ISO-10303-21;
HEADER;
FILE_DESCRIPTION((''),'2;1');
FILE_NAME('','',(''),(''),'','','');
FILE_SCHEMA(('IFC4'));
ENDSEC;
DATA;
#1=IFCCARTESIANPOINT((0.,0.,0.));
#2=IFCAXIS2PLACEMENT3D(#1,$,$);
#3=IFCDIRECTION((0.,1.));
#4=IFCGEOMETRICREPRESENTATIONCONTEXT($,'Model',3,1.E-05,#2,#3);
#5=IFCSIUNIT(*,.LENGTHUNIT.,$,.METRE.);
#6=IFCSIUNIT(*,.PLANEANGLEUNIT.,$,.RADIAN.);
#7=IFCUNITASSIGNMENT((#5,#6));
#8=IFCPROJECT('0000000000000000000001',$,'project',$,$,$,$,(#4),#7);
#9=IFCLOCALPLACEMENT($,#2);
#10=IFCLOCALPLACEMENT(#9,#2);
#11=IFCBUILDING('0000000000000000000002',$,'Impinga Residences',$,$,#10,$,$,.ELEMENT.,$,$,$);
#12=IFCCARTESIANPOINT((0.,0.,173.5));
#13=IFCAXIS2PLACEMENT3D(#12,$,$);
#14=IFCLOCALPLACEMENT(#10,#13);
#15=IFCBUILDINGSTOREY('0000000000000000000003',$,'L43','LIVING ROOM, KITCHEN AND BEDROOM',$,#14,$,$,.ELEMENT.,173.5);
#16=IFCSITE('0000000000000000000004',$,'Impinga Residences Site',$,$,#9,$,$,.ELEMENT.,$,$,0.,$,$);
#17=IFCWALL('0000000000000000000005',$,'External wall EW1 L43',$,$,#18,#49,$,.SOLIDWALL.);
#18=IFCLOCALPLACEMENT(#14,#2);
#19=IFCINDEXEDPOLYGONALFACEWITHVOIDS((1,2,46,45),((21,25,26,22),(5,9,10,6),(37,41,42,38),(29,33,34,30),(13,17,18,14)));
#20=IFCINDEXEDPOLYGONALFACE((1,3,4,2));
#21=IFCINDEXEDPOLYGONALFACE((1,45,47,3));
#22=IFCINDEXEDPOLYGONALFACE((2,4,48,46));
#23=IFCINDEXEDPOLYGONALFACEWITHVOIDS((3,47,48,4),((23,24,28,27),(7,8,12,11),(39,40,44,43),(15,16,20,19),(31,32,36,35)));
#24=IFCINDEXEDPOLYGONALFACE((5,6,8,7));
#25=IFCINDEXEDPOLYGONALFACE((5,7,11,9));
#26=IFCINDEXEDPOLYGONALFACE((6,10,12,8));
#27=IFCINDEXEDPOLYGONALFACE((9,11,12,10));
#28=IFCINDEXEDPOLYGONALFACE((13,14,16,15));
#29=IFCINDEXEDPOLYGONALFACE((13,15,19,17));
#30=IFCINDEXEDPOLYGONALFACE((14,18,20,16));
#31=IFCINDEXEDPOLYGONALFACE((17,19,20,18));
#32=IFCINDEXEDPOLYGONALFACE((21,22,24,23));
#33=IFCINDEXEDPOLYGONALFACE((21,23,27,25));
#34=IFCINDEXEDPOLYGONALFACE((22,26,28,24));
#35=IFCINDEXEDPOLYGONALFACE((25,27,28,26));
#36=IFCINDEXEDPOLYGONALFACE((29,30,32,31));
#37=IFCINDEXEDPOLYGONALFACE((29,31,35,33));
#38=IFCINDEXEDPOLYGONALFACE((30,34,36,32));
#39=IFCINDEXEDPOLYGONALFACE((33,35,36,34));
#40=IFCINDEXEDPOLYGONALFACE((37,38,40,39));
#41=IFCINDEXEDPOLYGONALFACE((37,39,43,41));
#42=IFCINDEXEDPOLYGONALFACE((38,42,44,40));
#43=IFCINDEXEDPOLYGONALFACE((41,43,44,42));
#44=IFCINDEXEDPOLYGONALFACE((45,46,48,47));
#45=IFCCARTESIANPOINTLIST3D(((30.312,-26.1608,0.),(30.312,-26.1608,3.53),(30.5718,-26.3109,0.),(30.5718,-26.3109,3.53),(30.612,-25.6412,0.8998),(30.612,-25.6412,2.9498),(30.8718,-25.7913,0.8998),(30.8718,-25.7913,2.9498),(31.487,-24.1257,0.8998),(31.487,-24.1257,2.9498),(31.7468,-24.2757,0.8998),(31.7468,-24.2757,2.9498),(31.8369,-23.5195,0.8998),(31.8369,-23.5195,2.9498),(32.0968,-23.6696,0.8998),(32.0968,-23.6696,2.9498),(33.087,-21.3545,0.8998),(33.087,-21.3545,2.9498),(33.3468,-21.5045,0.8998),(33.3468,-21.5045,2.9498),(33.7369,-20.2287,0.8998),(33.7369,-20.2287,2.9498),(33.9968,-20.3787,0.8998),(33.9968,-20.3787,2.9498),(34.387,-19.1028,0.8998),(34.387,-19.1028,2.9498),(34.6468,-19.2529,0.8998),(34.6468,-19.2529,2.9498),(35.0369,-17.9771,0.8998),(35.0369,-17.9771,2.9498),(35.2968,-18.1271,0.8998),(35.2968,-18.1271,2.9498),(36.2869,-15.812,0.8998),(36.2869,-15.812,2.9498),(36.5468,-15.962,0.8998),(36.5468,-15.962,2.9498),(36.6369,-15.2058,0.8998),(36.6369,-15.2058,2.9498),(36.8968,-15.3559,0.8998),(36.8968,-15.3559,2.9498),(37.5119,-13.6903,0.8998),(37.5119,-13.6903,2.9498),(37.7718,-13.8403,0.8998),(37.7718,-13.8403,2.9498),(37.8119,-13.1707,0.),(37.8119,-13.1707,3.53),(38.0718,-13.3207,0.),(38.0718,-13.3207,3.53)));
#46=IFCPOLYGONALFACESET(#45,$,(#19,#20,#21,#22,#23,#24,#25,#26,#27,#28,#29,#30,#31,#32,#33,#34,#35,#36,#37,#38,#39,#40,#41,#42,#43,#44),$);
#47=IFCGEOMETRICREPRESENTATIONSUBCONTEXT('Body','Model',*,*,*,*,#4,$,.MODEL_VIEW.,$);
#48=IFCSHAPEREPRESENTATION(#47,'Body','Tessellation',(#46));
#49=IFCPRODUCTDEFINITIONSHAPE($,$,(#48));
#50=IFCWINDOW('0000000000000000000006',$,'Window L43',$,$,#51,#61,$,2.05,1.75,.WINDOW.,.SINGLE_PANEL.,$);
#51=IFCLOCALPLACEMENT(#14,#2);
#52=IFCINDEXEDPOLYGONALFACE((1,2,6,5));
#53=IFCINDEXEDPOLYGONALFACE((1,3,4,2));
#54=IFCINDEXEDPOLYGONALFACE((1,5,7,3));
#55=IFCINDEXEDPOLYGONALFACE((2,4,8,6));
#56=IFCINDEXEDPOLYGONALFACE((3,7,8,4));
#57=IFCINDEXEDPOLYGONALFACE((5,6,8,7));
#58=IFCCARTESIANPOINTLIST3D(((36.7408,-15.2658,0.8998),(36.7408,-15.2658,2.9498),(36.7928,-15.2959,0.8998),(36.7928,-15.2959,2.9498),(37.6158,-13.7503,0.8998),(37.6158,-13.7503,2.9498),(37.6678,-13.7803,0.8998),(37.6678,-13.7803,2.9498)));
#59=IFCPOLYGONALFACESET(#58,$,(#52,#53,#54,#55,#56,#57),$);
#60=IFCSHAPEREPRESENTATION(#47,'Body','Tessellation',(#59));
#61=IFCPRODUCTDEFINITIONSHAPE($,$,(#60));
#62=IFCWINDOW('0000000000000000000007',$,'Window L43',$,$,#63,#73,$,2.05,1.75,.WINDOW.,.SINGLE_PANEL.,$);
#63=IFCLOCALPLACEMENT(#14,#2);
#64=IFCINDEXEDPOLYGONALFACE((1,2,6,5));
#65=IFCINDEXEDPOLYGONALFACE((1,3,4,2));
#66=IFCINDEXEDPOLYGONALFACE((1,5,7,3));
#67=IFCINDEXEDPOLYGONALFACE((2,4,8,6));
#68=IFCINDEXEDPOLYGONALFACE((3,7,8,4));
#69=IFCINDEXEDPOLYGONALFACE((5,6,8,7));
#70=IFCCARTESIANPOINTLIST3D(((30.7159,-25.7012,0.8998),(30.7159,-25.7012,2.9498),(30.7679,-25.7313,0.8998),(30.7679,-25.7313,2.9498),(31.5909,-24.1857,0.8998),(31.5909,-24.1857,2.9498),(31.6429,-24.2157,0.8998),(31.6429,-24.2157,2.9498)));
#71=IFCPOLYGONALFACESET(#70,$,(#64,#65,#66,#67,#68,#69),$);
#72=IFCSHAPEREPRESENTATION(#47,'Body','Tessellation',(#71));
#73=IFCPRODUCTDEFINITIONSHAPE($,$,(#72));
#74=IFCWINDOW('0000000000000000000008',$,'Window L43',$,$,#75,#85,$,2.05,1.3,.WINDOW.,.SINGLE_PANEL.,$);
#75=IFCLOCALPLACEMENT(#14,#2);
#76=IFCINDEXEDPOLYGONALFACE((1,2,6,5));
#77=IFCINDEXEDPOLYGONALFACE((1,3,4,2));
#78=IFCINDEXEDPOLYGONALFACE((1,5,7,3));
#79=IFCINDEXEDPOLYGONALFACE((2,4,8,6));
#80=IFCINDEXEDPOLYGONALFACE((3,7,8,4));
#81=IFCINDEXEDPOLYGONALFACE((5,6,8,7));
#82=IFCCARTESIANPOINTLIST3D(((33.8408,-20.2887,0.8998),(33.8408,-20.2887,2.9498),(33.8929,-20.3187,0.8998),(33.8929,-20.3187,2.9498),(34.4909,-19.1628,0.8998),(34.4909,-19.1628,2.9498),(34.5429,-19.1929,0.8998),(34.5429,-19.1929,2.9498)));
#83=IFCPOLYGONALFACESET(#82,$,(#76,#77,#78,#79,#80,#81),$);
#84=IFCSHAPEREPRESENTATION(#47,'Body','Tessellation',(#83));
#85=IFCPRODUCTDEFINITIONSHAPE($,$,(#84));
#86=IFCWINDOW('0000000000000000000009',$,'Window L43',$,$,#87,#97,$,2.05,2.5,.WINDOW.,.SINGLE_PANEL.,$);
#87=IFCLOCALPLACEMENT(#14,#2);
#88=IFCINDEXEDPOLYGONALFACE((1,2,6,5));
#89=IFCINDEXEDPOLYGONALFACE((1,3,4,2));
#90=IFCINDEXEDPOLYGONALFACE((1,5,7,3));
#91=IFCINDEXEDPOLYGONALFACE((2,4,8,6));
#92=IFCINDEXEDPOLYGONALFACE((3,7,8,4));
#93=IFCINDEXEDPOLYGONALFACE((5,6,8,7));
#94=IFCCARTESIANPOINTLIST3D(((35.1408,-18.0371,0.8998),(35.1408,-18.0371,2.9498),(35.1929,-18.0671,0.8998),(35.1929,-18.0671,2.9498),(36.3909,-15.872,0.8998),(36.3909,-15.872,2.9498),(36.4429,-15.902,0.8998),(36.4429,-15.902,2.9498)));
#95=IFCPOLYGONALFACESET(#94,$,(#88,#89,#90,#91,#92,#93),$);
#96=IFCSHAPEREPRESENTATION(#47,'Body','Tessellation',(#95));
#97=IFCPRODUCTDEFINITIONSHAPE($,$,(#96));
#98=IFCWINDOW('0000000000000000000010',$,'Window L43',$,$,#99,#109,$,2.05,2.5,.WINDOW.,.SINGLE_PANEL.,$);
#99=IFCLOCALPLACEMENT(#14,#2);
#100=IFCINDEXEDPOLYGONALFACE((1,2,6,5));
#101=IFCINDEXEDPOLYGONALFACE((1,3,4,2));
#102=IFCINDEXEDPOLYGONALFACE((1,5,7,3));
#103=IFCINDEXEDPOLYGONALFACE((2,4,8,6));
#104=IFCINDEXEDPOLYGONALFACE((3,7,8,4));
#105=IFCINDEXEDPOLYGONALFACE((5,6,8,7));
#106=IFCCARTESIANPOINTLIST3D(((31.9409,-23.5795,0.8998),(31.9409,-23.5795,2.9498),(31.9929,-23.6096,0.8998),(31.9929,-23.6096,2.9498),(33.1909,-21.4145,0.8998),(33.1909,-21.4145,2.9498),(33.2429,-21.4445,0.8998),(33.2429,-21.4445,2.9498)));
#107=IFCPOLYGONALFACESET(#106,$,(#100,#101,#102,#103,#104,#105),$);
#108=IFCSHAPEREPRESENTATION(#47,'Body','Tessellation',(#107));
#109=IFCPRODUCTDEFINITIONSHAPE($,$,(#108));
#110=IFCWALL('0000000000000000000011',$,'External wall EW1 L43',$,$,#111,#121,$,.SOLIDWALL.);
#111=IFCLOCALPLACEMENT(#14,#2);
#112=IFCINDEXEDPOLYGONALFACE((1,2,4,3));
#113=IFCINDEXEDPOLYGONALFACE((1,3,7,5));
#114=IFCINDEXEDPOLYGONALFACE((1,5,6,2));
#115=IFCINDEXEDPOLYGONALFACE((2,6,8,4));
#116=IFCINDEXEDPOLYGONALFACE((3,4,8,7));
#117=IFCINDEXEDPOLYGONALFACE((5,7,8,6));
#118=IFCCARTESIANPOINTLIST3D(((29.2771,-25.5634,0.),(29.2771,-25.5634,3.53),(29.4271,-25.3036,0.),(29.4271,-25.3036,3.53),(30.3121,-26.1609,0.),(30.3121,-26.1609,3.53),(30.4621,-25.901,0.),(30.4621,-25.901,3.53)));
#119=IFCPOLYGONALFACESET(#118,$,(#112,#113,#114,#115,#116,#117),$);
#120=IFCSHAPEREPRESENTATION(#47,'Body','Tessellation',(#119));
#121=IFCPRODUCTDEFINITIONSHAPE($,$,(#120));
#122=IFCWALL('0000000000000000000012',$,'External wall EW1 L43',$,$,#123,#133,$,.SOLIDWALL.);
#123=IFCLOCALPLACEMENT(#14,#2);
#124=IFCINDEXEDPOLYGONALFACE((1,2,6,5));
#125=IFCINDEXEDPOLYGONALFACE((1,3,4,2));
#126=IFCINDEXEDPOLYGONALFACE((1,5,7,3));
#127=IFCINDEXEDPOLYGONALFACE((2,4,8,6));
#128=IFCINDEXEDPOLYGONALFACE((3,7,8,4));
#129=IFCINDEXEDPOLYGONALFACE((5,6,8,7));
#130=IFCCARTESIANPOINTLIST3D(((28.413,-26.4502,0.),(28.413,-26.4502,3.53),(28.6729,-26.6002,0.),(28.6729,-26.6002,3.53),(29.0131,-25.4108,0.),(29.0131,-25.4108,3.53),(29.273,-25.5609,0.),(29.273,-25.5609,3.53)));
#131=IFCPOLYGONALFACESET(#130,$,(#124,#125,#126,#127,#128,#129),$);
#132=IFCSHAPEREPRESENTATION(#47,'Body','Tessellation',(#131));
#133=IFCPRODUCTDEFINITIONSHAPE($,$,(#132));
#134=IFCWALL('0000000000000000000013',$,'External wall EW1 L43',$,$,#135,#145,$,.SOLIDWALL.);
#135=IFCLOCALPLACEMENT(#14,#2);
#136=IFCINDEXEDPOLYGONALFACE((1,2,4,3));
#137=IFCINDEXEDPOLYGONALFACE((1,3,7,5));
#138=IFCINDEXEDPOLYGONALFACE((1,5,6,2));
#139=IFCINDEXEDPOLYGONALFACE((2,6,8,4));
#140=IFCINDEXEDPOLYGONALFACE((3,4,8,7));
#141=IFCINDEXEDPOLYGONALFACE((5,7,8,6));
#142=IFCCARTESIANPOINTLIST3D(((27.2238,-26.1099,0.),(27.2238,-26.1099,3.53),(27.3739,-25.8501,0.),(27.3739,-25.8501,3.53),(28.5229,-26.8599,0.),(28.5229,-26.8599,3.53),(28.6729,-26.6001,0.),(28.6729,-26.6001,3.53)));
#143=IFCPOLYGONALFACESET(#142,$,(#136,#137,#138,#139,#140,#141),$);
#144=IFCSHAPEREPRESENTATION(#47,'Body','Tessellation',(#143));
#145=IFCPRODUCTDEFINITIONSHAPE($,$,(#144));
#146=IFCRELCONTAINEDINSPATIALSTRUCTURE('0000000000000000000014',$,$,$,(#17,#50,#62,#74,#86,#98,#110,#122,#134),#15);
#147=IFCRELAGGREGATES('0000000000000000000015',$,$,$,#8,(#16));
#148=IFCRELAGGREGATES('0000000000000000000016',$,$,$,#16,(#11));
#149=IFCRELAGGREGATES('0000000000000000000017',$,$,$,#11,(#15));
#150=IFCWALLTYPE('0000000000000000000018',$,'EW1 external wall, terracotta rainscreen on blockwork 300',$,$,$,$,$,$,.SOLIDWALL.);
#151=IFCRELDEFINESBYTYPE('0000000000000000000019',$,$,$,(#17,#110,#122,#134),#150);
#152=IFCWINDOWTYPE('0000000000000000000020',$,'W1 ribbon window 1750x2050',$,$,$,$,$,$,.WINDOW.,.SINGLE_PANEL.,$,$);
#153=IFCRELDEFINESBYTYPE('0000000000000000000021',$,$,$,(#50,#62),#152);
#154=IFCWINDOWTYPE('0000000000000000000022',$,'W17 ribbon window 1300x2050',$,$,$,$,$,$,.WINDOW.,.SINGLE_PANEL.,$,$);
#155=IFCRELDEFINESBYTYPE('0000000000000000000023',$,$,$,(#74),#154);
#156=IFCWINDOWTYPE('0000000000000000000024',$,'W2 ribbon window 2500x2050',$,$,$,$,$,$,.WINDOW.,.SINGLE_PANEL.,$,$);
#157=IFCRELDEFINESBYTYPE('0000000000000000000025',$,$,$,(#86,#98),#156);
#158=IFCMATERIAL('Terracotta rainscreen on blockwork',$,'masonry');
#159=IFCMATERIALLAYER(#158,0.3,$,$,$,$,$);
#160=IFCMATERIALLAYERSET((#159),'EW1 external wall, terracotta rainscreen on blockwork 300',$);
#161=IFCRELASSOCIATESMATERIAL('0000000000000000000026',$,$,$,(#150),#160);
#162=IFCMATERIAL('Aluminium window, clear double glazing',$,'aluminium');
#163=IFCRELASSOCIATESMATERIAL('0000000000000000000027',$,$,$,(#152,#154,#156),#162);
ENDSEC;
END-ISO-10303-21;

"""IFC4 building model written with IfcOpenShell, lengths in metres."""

from ifc_helpers import new_model, si_unit, direction, frame, frame_2d, origin, place, context, subcontext, project, spatial, rectangle, extrude, material, layer, layer_set, type_object, element, fill, save


model = new_model("IFC4")

# Units and contexts
model_context = context("Model", 3, precision=1e-05, world=origin(), true_north=direction((0.0, 1.0)))
body_context = subcontext(model_context, "Body", "Model", "MODEL_VIEW")
ifc_project = project(units=[si_unit("LENGTHUNIT", "METRE"), si_unit("PLANEANGLEUNIT", "RADIAN")], contexts=[model_context])

# Site, building, storey
site_placement = place(None, origin())
site = spatial("IfcSite", under=ifc_project, at=site_placement, Name="Impinga Residences Site", CompositionType="ELEMENT", RefElevation=0.0)
building_placement = place(site_placement, origin())
building = spatial("IfcBuilding", under=site, at=building_placement, Name="Impinga Residences", CompositionType="ELEMENT")
storey_placement = place(building_placement, frame((0.0, 0.0, 173.5)))
storey = spatial("IfcBuildingStorey", under=building, at=storey_placement, Name="L43", Description="LIVING ROOM, KITCHEN AND BEDROOM", CompositionType="ELEMENT", Elevation=173.5)

# Wall, openings, windows
ifc_material_1 = material(Name="Terracotta rainscreen on blockwork", Category="masonry")
ifc_layer = layer(ifc_material_1, 0.3)
ifc_layer_set = layer_set([ifc_layer], Name="EW1 external wall, terracotta rainscreen on blockwork 300")
wall_type = type_object("IfcWallType", Name="EW1 external wall, terracotta rainscreen on blockwork 300", PredefinedType="SOLIDWALL", material=ifc_layer_set)
wall_1_placement = place(storey_placement, frame((37.9419, -13.2456, 0.0), z_axis=(0.0, 0.0, 1.0), x_axis=(-0.500004, -0.866023, 0.0)))
wall_1 = element("IfcWall", 1, at=wall_1_placement, inside=storey, type_object=wall_type, Name="External wall EW1 L43", PredefinedType="SOLIDWALL", context=body_context, shape_type="SweptSolid", body=[
    extrude(rectangle(XDim=14.9998, YDim=0.3, at=frame_2d((7.5, 0.0))), origin(), (0.0, 0.0, 1.0), 3.53),
])
opening_1_placement = place(wall_1_placement, frame((0.6001, 0.0, 0.8999)))
opening_1 = element("IfcOpeningElement", 2, at=opening_1_placement, cuts=wall_1, PredefinedType="OPENING", context=body_context, shape_type="SweptSolid", body=[
    extrude(rectangle(XDim=1.75, YDim=2.05, at=frame_2d((0.875, 1.0249))), frame((0.0, 0.1599, 0.0), z_axis=(0.0, -1.0, 0.0), x_axis=(1.0, 0.0, 0.0)), (0.0, 0.0, 1.0), 0.3201),
])
opening_2_placement = place(wall_1_placement, frame((3.05, 0.0, 0.8999)))
opening_2 = element("IfcOpeningElement", 3, at=opening_2_placement, cuts=wall_1, PredefinedType="OPENING", context=body_context, shape_type="SweptSolid", body=[
    extrude(rectangle(XDim=2.5, YDim=2.05, at=frame_2d((1.25, 1.0249))), frame((0.0, 0.1599, 0.0), z_axis=(0.0, -1.0, 0.0), x_axis=(1.0, 0.0, 0.0)), (0.0, 0.0, 1.0), 0.3201),
])
opening_3_placement = place(wall_1_placement, frame((6.8501, 0.0, 0.8999)))
opening_3 = element("IfcOpeningElement", 4, at=opening_3_placement, cuts=wall_1, PredefinedType="OPENING", context=body_context, shape_type="SweptSolid", body=[
    extrude(rectangle(XDim=1.3, YDim=2.05, at=frame_2d((0.6499, 1.0249))), frame((0.0, 0.1599, 0.0), z_axis=(0.0, -1.0, 0.0), x_axis=(1.0, 0.0, 0.0)), (0.0, 0.0, 1.0), 0.3201),
])
opening_4_placement = place(wall_1_placement, frame((9.45, 0.0, 0.8999)))
opening_4 = element("IfcOpeningElement", 5, at=opening_4_placement, cuts=wall_1, PredefinedType="OPENING", context=body_context, shape_type="SweptSolid", body=[
    extrude(rectangle(XDim=2.5, YDim=2.05, at=frame_2d((1.25, 1.0249))), frame((0.0, 0.1599, 0.0), z_axis=(0.0, -1.0, 0.0), x_axis=(1.0, 0.0, 0.0)), (0.0, 0.0, 1.0), 0.3201),
])
opening_5_placement = place(wall_1_placement, frame((12.6499, 0.0, 0.8999)))
opening_5 = element("IfcOpeningElement", 6, at=opening_5_placement, cuts=wall_1, PredefinedType="OPENING", context=body_context, shape_type="SweptSolid", body=[
    extrude(rectangle(XDim=1.75, YDim=2.05, at=frame_2d((0.875, 1.0249))), frame((0.0, 0.1599, 0.0), z_axis=(0.0, -1.0, 0.0), x_axis=(1.0, 0.0, 0.0)), (0.0, 0.0, 1.0), 0.3201),
])
ifc_material_2 = material(Name="Aluminium window, clear double glazing", Category="aluminium")
window_type_1 = type_object("IfcWindowType", Name="W1 ribbon window 1750x2050", PartitioningType="SINGLE_PANEL", PredefinedType="WINDOW", material=ifc_material_2)
window_1_placement = place(opening_1_placement, origin())
window_1 = element("IfcWindow", 7, at=window_1_placement, inside=storey, type_object=window_type_1, Name="Window L43", OverallHeight=2.05, OverallWidth=1.75, PartitioningType="SINGLE_PANEL", PredefinedType="WINDOW", context=body_context, shape_type="SweptSolid", body=[
    extrude(rectangle(XDim=1.75, YDim=2.05, at=frame_2d((0.875, 1.0249))), frame((0.0, 0.03, 0.0), z_axis=(0.0, -1.0, 0.0), x_axis=(1.0, 0.0, 0.0)), (0.0, 0.0, 1.0), 0.0601),
])
fill(opening_1, window_1)
window_2_placement = place(opening_5_placement, origin())
window_2 = element("IfcWindow", 8, at=window_2_placement, inside=storey, type_object=window_type_1, Name="Window L43", OverallHeight=2.05, OverallWidth=1.75, PartitioningType="SINGLE_PANEL", PredefinedType="WINDOW", context=body_context, shape_type="SweptSolid", body=[
    extrude(rectangle(XDim=1.75, YDim=2.05, at=frame_2d((0.875, 1.0249))), frame((0.0, 0.03, 0.0), z_axis=(0.0, -1.0, 0.0), x_axis=(1.0, 0.0, 0.0)), (0.0, 0.0, 1.0), 0.0601),
])
fill(opening_5, window_2)
window_type_2 = type_object("IfcWindowType", Name="W17 ribbon window 1300x2050", PartitioningType="SINGLE_PANEL", PredefinedType="WINDOW", material=ifc_material_2)
window_3_placement = place(opening_3_placement, origin())
window_3 = element("IfcWindow", 9, at=window_3_placement, inside=storey, type_object=window_type_2, Name="Window L43", OverallHeight=2.05, OverallWidth=1.3, PartitioningType="SINGLE_PANEL", PredefinedType="WINDOW", context=body_context, shape_type="SweptSolid", body=[
    extrude(rectangle(XDim=1.3, YDim=2.05, at=frame_2d((0.6499, 1.0249))), frame((0.0, 0.03, 0.0), z_axis=(0.0, -1.0, 0.0), x_axis=(1.0, 0.0, 0.0)), (0.0, 0.0, 1.0), 0.0601),
])
fill(opening_3, window_3)
window_type_3 = type_object("IfcWindowType", Name="W2 ribbon window 2500x2050", PartitioningType="SINGLE_PANEL", PredefinedType="WINDOW", material=ifc_material_2)
window_4_placement = place(opening_2_placement, origin())
window_4 = element("IfcWindow", 10, at=window_4_placement, inside=storey, type_object=window_type_3, Name="Window L43", OverallHeight=2.05, OverallWidth=2.5, PartitioningType="SINGLE_PANEL", PredefinedType="WINDOW", context=body_context, shape_type="SweptSolid", body=[
    extrude(rectangle(XDim=2.5, YDim=2.05, at=frame_2d((1.25, 1.0249))), frame((0.0, 0.03, 0.0), z_axis=(0.0, -1.0, 0.0), x_axis=(1.0, 0.0, 0.0)), (0.0, 0.0, 1.0), 0.0601),
])
fill(opening_2, window_4)
window_5_placement = place(opening_4_placement, origin())
window_5 = element("IfcWindow", 11, at=window_5_placement, inside=storey, type_object=window_type_3, Name="Window L43", OverallHeight=2.05, OverallWidth=2.5, PartitioningType="SINGLE_PANEL", PredefinedType="WINDOW", context=body_context, shape_type="SweptSolid", body=[
    extrude(rectangle(XDim=2.5, YDim=2.05, at=frame_2d((1.25, 1.0249))), frame((0.0, 0.03, 0.0), z_axis=(0.0, -1.0, 0.0), x_axis=(1.0, 0.0, 0.0)), (0.0, 0.0, 1.0), 0.0601),
])
fill(opening_4, window_5)

# Walls
wall_2_placement = place(storey_placement, frame((30.3872, -26.031, 0.0), z_axis=(0.0, 0.0, 1.0), x_axis=(-0.86606, 0.499941, 0.0)))
element("IfcWall", 12, at=wall_2_placement, inside=storey, type_object=wall_type, Name="External wall EW1 L43", PredefinedType="SOLIDWALL", context=body_context, shape_type="SweptSolid", body=[
    extrude(rectangle(XDim=1.1951, YDim=0.3, at=frame_2d((0.5977, 0.0))), origin(), (0.0, 0.0, 1.0), 3.53),
])
wall_3_placement = place(storey_placement, frame((29.1431, -25.4858, 0.0), z_axis=(0.0, 0.0, 1.0), x_axis=(-0.500034, -0.866006, 0.0)))
element("IfcWall", 13, at=wall_3_placement, inside=storey, type_object=wall_type, Name="External wall EW1 L43", PredefinedType="SOLIDWALL", context=body_context, shape_type="SweptSolid", body=[
    extrude(rectangle(XDim=1.2002, YDim=0.3, at=frame_2d((0.6001, 0.0))), origin(), (0.0, 0.0, 1.0), 3.53),
])
wall_4_placement = place(storey_placement, frame((28.5979, -26.73, 0.0), z_axis=(0.0, 0.0, 1.0), x_axis=(-0.866031, 0.49999, 0.0)))
element("IfcWall", 14, at=wall_4_placement, inside=storey, type_object=wall_type, Name="External wall EW1 L43", PredefinedType="SOLIDWALL", context=body_context, shape_type="SweptSolid", body=[
    extrude(rectangle(XDim=1.5, YDim=0.3, at=frame_2d((0.75, 0.0))), origin(), (0.0, 0.0, 1.0), 3.53),
])

save(model, "model.ifc")
